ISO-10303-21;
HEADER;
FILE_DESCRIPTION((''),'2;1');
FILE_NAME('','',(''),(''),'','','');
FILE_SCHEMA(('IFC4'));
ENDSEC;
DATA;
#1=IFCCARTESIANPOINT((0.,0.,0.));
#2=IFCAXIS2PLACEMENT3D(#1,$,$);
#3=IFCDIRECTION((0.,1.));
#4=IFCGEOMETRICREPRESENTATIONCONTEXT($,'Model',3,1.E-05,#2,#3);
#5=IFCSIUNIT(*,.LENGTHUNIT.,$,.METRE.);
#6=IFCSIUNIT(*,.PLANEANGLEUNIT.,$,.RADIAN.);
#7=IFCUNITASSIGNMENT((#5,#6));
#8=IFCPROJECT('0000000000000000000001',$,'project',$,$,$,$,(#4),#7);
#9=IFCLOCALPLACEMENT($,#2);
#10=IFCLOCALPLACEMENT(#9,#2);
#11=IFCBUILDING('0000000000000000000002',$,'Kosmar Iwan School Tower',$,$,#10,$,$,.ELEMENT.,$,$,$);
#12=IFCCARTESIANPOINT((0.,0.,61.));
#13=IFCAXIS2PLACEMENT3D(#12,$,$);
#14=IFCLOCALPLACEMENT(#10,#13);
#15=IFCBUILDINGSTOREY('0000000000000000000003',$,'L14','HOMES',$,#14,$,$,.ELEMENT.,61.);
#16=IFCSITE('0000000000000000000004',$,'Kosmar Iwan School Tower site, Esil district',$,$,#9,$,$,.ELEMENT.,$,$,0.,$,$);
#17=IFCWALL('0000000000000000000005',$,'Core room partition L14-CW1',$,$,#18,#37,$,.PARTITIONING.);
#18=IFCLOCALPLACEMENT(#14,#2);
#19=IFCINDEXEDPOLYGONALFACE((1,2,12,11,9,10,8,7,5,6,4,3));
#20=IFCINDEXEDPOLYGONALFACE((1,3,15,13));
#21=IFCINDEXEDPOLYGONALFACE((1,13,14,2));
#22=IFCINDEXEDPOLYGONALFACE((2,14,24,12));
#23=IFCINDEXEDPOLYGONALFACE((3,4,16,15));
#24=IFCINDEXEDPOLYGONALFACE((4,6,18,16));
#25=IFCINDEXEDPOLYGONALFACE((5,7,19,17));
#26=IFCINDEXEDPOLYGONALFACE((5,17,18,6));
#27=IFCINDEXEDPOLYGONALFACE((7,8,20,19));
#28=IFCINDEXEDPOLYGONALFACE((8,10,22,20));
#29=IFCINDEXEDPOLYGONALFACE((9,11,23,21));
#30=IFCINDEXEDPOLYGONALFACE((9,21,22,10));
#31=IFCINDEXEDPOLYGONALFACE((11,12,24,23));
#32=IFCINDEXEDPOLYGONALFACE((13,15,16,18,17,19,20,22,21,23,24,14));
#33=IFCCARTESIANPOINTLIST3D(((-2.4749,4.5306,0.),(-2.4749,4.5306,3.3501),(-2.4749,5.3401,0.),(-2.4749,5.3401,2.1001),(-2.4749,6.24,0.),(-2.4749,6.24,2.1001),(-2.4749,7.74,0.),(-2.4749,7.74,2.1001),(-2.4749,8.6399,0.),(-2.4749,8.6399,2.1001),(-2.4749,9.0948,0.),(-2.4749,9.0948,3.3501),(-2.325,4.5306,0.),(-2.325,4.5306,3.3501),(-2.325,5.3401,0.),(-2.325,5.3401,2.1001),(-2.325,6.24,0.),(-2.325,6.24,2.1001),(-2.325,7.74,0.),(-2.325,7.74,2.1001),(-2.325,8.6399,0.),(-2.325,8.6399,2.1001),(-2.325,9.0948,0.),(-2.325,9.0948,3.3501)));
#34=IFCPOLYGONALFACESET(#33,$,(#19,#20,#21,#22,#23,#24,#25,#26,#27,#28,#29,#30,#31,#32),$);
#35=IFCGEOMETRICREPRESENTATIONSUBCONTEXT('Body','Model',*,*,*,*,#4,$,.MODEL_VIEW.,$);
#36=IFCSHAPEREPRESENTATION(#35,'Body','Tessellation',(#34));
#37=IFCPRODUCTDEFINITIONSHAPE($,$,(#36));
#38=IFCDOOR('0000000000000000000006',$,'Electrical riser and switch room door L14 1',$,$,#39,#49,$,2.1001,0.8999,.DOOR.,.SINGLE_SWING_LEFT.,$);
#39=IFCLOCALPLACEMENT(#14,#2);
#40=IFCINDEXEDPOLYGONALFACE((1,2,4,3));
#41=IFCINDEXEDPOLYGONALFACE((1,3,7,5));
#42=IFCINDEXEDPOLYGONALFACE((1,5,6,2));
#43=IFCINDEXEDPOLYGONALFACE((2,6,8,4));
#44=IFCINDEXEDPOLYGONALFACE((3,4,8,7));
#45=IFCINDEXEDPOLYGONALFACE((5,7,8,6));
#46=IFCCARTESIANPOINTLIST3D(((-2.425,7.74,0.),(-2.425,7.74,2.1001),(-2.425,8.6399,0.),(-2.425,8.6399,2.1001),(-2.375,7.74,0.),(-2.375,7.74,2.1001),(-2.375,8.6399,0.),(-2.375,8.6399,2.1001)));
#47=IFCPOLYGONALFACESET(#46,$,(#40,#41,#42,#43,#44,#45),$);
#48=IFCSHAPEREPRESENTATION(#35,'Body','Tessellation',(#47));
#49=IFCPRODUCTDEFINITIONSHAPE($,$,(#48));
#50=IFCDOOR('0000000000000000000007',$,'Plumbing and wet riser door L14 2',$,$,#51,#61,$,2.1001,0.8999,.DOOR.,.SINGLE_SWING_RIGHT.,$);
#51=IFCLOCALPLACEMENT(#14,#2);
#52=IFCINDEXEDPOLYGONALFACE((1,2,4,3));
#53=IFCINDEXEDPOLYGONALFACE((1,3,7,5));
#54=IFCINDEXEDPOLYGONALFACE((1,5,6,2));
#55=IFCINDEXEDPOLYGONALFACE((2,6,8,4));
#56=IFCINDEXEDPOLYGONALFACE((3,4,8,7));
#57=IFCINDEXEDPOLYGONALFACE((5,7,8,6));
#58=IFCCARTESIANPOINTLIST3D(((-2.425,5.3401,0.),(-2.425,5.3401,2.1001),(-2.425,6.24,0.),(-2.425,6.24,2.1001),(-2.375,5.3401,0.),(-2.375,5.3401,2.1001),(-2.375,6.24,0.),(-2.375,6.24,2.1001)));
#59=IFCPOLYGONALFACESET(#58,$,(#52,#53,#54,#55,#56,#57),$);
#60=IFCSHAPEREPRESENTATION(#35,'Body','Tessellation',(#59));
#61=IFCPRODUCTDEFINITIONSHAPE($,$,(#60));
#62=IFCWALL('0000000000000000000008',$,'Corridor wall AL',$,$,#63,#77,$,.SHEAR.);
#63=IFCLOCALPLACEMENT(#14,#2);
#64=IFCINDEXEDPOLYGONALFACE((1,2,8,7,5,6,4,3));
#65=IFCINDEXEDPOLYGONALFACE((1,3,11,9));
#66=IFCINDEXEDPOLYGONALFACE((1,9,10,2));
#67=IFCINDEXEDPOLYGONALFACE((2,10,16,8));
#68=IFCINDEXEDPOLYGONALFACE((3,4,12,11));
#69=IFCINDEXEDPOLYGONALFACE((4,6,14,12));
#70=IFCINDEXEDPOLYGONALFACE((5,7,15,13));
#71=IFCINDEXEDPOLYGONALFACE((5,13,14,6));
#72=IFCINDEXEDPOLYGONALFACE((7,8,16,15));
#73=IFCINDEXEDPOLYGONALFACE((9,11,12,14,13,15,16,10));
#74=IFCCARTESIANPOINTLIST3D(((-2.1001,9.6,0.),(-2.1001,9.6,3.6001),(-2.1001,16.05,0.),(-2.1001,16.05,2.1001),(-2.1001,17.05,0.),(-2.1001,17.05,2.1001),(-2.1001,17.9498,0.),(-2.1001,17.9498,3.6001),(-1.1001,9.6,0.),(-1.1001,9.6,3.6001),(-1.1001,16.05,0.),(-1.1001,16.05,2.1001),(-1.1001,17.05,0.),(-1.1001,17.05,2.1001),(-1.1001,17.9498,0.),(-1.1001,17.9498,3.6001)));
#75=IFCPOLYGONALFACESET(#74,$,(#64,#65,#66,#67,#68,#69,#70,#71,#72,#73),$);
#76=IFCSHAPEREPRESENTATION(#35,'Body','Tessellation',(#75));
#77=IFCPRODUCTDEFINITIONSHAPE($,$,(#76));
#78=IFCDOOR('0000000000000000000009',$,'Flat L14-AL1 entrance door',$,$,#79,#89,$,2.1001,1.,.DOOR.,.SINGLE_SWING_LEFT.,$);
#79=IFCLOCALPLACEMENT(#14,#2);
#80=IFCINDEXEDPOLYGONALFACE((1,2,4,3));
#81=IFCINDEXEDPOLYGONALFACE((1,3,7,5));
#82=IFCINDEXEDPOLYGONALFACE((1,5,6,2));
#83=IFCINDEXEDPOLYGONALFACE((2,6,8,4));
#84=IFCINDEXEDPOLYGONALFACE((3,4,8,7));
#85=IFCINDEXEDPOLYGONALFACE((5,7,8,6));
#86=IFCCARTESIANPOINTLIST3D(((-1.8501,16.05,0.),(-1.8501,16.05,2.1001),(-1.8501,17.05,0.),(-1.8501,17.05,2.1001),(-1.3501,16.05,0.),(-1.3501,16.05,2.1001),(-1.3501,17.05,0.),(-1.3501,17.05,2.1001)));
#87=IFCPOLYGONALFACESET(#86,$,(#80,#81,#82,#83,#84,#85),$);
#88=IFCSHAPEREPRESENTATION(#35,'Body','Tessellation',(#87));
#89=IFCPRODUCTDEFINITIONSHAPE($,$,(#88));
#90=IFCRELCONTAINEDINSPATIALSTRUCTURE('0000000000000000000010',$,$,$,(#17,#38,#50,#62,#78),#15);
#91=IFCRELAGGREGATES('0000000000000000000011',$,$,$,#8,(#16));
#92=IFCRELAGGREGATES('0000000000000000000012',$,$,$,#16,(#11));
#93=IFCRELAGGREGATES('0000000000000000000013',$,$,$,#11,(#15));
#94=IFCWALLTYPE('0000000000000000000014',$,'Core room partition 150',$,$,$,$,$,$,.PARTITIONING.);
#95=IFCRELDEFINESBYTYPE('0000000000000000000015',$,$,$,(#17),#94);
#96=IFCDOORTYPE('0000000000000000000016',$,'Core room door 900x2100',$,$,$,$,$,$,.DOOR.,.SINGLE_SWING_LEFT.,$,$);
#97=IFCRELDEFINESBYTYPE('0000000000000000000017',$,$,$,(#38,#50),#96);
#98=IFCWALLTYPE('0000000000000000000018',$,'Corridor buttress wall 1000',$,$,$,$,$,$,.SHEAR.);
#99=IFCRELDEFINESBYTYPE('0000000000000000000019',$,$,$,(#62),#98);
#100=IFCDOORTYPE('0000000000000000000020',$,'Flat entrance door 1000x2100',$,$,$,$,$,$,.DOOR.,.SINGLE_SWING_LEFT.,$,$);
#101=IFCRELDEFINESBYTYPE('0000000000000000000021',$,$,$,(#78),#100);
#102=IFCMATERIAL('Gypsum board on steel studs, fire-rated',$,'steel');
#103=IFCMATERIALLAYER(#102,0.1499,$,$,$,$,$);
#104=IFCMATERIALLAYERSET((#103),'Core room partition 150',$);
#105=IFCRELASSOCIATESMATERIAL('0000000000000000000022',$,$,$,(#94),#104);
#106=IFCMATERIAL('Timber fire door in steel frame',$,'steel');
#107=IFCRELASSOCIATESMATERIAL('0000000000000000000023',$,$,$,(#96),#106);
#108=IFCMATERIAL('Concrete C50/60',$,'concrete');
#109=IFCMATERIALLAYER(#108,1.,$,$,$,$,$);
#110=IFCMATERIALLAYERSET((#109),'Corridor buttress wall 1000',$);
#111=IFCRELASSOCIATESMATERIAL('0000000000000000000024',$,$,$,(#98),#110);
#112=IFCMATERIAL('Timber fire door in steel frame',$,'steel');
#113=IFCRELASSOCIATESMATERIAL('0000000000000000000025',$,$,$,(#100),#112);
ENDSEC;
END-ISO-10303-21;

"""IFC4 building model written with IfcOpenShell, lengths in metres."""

from ifc_helpers import new_model, si_unit, direction, frame, frame_2d, origin, place, context, subcontext, project, spatial, rectangle, extrude, material, layer, layer_set, type_object, element, fill, save


model = new_model("IFC4")

# Units and contexts
model_context = context("Model", 3, precision=1e-05, world=origin(), true_north=direction((0.0, 1.0)))
body_context = subcontext(model_context, "Body", "Model", "MODEL_VIEW")
ifc_project = project(units=[si_unit("LENGTHUNIT", "METRE"), si_unit("PLANEANGLEUNIT", "RADIAN")], contexts=[model_context])

# Site, building, storey
site_placement = place(None, origin())
site = spatial("IfcSite", under=ifc_project, at=site_placement, Name="Kosmar Iwan School Tower site, Esil district", CompositionType="ELEMENT", RefElevation=0.0)
building_placement = place(site_placement, origin())
building = spatial("IfcBuilding", under=site, at=building_placement, Name="Kosmar Iwan School Tower", CompositionType="ELEMENT")
storey_placement = place(building_placement, frame((0.0, 0.0, 61.0)))
storey = spatial("IfcBuildingStorey", under=building, at=storey_placement, Name="L14", Description="HOMES", CompositionType="ELEMENT", Elevation=61.0)

# Wall, openings, doors
ifc_material_1 = material(Name="Gypsum board on steel studs, fire-rated", Category="steel")
ifc_layer_1 = layer(ifc_material_1, 0.1499)
ifc_layer_set_1 = layer_set([ifc_layer_1], Name="Core room partition 150")
wall_type_1 = type_object("IfcWallType", Name="Core room partition 150", PredefinedType="PARTITIONING", material=ifc_layer_set_1)
wall_1_placement = place(storey_placement, frame((-2.3999, 9.095, 0.0), z_axis=(0.0, 0.0, 1.0), x_axis=(0.0, -1.0, 0.0)))
wall_1 = element("IfcWall", 1, at=wall_1_placement, inside=storey, type_object=wall_type_1, Name="Core room partition L14-CW1", PredefinedType="PARTITIONING", context=body_context, shape_type="SweptSolid", body=[
    extrude(rectangle(XDim=4.5642, YDim=0.1499, at=frame_2d((2.2822, 0.0))), origin(), (0.0, 0.0, 1.0), 3.3501),
])
opening_1_placement = place(wall_1_placement, frame((0.4551, 0.0, 0.0)))
opening_1 = element("IfcOpeningElement", 2, at=opening_1_placement, cuts=wall_1, PredefinedType="OPENING", context=body_context, shape_type="SweptSolid", body=[
    extrude(rectangle(XDim=0.8999, YDim=2.1001, at=frame_2d((0.45, 1.05))), frame((0.0, 0.0869, 0.0), z_axis=(0.0, -1.0, 0.0), x_axis=(1.0, 0.0, 0.0)), (0.0, 0.0, 1.0), 0.1738),
])
opening_2_placement = place(wall_1_placement, frame((2.855, 0.0, 0.0)))
opening_2 = element("IfcOpeningElement", 3, at=opening_2_placement, cuts=wall_1, PredefinedType="OPENING", context=body_context, shape_type="SweptSolid", body=[
    extrude(rectangle(XDim=0.8999, YDim=2.1001, at=frame_2d((0.45, 1.05))), frame((0.0, 0.0869, 0.0), z_axis=(0.0, -1.0, 0.0), x_axis=(1.0, 0.0, 0.0)), (0.0, 0.0, 1.0), 0.1738),
])
ifc_material_2 = material(Name="Timber fire door in steel frame", Category="steel")
door_type_1 = type_object("IfcDoorType", Name="Core room door 900x2100", OperationType="SINGLE_SWING_LEFT", PredefinedType="DOOR", material=ifc_material_2)
door_1_placement = place(opening_1_placement, origin())
door_1 = element("IfcDoor", 4, at=door_1_placement, inside=storey, type_object=door_type_1, Name="Electrical riser and switch room door L14 1", OperationType="SINGLE_SWING_LEFT", OverallHeight=2.1001, OverallWidth=0.8999, PredefinedType="DOOR", context=body_context, shape_type="SweptSolid", body=[
    extrude(rectangle(XDim=0.8999, YDim=2.1001, at=frame_2d((0.45, 1.05))), frame((0.0, 0.0249, 0.0), z_axis=(0.0, -1.0, 0.0), x_axis=(1.0, 0.0, 0.0)), (0.0, 0.0, 1.0), 0.05),
])
fill(opening_1, door_1)
door_2_placement = place(opening_2_placement, origin())
door_2 = element("IfcDoor", 5, at=door_2_placement, inside=storey, type_object=door_type_1, Name="Plumbing and wet riser door L14 2", OperationType="SINGLE_SWING_RIGHT", OverallHeight=2.1001, OverallWidth=0.8999, PredefinedType="DOOR", context=body_context, shape_type="SweptSolid", body=[
    extrude(rectangle(XDim=0.8999, YDim=2.1001, at=frame_2d((0.45, 1.05))), frame((0.0, 0.0249, 0.0), z_axis=(0.0, -1.0, 0.0), x_axis=(1.0, 0.0, 0.0)), (0.0, 0.0, 1.0), 0.05),
])
fill(opening_2, door_2)

# Wall, opening, door
ifc_material_3 = material(Name="Concrete C50/60", Category="concrete")
ifc_layer_2 = layer(ifc_material_3, 1.0)
ifc_layer_set_2 = layer_set([ifc_layer_2], Name="Corridor buttress wall 1000")
wall_type_2 = type_object("IfcWallType", Name="Corridor buttress wall 1000", PredefinedType="SHEAR", material=ifc_layer_set_2)
wall_2_placement = place(storey_placement, frame((-1.6001, 9.6001, 0.0), z_axis=(0.0, 0.0, 1.0), x_axis=(0.0, 1.0, 0.0)))
wall_2 = element("IfcWall", 6, at=wall_2_placement, inside=storey, type_object=wall_type_2, Name="Corridor wall AL", PredefinedType="SHEAR", context=body_context, shape_type="SweptSolid", body=[
    extrude(rectangle(XDim=8.3499, YDim=1.0, at=frame_2d((4.1748, 0.0))), origin(), (0.0, 0.0, 1.0), 3.6001),
])
opening_3_placement = place(wall_2_placement, frame((6.45, 0.0, 0.0)))
opening_3 = element("IfcOpeningElement", 7, at=opening_3_placement, cuts=wall_2, PredefinedType="OPENING", context=body_context, shape_type="SweptSolid", body=[
    extrude(rectangle(XDim=1.0, YDim=2.1001, at=frame_2d((0.5, 1.05))), frame((0.0, 0.512, 0.0), z_axis=(0.0, -1.0, 0.0), x_axis=(1.0, 0.0, 0.0)), (0.0, 0.0, 1.0), 1.0239),
])
ifc_material_4 = material(Name="Timber fire door in steel frame", Category="steel")
door_type_2 = type_object("IfcDoorType", Name="Flat entrance door 1000x2100", OperationType="SINGLE_SWING_LEFT", PredefinedType="DOOR", material=ifc_material_4)
door_3_placement = place(opening_3_placement, origin())
door_3 = element("IfcDoor", 8, at=door_3_placement, inside=storey, type_object=door_type_2, Name="Flat L14-AL1 entrance door", OperationType="SINGLE_SWING_LEFT", OverallHeight=2.1001, OverallWidth=1.0, PredefinedType="DOOR", context=body_context, shape_type="SweptSolid", body=[
    extrude(rectangle(XDim=1.0, YDim=2.1001, at=frame_2d((0.5, 1.05))), frame((0.0, 0.25, 0.0), z_axis=(0.0, -1.0, 0.0), x_axis=(1.0, 0.0, 0.0)), (0.0, 0.0, 1.0), 0.5),
])
fill(opening_3, door_3)

save(model, "model.ifc")
